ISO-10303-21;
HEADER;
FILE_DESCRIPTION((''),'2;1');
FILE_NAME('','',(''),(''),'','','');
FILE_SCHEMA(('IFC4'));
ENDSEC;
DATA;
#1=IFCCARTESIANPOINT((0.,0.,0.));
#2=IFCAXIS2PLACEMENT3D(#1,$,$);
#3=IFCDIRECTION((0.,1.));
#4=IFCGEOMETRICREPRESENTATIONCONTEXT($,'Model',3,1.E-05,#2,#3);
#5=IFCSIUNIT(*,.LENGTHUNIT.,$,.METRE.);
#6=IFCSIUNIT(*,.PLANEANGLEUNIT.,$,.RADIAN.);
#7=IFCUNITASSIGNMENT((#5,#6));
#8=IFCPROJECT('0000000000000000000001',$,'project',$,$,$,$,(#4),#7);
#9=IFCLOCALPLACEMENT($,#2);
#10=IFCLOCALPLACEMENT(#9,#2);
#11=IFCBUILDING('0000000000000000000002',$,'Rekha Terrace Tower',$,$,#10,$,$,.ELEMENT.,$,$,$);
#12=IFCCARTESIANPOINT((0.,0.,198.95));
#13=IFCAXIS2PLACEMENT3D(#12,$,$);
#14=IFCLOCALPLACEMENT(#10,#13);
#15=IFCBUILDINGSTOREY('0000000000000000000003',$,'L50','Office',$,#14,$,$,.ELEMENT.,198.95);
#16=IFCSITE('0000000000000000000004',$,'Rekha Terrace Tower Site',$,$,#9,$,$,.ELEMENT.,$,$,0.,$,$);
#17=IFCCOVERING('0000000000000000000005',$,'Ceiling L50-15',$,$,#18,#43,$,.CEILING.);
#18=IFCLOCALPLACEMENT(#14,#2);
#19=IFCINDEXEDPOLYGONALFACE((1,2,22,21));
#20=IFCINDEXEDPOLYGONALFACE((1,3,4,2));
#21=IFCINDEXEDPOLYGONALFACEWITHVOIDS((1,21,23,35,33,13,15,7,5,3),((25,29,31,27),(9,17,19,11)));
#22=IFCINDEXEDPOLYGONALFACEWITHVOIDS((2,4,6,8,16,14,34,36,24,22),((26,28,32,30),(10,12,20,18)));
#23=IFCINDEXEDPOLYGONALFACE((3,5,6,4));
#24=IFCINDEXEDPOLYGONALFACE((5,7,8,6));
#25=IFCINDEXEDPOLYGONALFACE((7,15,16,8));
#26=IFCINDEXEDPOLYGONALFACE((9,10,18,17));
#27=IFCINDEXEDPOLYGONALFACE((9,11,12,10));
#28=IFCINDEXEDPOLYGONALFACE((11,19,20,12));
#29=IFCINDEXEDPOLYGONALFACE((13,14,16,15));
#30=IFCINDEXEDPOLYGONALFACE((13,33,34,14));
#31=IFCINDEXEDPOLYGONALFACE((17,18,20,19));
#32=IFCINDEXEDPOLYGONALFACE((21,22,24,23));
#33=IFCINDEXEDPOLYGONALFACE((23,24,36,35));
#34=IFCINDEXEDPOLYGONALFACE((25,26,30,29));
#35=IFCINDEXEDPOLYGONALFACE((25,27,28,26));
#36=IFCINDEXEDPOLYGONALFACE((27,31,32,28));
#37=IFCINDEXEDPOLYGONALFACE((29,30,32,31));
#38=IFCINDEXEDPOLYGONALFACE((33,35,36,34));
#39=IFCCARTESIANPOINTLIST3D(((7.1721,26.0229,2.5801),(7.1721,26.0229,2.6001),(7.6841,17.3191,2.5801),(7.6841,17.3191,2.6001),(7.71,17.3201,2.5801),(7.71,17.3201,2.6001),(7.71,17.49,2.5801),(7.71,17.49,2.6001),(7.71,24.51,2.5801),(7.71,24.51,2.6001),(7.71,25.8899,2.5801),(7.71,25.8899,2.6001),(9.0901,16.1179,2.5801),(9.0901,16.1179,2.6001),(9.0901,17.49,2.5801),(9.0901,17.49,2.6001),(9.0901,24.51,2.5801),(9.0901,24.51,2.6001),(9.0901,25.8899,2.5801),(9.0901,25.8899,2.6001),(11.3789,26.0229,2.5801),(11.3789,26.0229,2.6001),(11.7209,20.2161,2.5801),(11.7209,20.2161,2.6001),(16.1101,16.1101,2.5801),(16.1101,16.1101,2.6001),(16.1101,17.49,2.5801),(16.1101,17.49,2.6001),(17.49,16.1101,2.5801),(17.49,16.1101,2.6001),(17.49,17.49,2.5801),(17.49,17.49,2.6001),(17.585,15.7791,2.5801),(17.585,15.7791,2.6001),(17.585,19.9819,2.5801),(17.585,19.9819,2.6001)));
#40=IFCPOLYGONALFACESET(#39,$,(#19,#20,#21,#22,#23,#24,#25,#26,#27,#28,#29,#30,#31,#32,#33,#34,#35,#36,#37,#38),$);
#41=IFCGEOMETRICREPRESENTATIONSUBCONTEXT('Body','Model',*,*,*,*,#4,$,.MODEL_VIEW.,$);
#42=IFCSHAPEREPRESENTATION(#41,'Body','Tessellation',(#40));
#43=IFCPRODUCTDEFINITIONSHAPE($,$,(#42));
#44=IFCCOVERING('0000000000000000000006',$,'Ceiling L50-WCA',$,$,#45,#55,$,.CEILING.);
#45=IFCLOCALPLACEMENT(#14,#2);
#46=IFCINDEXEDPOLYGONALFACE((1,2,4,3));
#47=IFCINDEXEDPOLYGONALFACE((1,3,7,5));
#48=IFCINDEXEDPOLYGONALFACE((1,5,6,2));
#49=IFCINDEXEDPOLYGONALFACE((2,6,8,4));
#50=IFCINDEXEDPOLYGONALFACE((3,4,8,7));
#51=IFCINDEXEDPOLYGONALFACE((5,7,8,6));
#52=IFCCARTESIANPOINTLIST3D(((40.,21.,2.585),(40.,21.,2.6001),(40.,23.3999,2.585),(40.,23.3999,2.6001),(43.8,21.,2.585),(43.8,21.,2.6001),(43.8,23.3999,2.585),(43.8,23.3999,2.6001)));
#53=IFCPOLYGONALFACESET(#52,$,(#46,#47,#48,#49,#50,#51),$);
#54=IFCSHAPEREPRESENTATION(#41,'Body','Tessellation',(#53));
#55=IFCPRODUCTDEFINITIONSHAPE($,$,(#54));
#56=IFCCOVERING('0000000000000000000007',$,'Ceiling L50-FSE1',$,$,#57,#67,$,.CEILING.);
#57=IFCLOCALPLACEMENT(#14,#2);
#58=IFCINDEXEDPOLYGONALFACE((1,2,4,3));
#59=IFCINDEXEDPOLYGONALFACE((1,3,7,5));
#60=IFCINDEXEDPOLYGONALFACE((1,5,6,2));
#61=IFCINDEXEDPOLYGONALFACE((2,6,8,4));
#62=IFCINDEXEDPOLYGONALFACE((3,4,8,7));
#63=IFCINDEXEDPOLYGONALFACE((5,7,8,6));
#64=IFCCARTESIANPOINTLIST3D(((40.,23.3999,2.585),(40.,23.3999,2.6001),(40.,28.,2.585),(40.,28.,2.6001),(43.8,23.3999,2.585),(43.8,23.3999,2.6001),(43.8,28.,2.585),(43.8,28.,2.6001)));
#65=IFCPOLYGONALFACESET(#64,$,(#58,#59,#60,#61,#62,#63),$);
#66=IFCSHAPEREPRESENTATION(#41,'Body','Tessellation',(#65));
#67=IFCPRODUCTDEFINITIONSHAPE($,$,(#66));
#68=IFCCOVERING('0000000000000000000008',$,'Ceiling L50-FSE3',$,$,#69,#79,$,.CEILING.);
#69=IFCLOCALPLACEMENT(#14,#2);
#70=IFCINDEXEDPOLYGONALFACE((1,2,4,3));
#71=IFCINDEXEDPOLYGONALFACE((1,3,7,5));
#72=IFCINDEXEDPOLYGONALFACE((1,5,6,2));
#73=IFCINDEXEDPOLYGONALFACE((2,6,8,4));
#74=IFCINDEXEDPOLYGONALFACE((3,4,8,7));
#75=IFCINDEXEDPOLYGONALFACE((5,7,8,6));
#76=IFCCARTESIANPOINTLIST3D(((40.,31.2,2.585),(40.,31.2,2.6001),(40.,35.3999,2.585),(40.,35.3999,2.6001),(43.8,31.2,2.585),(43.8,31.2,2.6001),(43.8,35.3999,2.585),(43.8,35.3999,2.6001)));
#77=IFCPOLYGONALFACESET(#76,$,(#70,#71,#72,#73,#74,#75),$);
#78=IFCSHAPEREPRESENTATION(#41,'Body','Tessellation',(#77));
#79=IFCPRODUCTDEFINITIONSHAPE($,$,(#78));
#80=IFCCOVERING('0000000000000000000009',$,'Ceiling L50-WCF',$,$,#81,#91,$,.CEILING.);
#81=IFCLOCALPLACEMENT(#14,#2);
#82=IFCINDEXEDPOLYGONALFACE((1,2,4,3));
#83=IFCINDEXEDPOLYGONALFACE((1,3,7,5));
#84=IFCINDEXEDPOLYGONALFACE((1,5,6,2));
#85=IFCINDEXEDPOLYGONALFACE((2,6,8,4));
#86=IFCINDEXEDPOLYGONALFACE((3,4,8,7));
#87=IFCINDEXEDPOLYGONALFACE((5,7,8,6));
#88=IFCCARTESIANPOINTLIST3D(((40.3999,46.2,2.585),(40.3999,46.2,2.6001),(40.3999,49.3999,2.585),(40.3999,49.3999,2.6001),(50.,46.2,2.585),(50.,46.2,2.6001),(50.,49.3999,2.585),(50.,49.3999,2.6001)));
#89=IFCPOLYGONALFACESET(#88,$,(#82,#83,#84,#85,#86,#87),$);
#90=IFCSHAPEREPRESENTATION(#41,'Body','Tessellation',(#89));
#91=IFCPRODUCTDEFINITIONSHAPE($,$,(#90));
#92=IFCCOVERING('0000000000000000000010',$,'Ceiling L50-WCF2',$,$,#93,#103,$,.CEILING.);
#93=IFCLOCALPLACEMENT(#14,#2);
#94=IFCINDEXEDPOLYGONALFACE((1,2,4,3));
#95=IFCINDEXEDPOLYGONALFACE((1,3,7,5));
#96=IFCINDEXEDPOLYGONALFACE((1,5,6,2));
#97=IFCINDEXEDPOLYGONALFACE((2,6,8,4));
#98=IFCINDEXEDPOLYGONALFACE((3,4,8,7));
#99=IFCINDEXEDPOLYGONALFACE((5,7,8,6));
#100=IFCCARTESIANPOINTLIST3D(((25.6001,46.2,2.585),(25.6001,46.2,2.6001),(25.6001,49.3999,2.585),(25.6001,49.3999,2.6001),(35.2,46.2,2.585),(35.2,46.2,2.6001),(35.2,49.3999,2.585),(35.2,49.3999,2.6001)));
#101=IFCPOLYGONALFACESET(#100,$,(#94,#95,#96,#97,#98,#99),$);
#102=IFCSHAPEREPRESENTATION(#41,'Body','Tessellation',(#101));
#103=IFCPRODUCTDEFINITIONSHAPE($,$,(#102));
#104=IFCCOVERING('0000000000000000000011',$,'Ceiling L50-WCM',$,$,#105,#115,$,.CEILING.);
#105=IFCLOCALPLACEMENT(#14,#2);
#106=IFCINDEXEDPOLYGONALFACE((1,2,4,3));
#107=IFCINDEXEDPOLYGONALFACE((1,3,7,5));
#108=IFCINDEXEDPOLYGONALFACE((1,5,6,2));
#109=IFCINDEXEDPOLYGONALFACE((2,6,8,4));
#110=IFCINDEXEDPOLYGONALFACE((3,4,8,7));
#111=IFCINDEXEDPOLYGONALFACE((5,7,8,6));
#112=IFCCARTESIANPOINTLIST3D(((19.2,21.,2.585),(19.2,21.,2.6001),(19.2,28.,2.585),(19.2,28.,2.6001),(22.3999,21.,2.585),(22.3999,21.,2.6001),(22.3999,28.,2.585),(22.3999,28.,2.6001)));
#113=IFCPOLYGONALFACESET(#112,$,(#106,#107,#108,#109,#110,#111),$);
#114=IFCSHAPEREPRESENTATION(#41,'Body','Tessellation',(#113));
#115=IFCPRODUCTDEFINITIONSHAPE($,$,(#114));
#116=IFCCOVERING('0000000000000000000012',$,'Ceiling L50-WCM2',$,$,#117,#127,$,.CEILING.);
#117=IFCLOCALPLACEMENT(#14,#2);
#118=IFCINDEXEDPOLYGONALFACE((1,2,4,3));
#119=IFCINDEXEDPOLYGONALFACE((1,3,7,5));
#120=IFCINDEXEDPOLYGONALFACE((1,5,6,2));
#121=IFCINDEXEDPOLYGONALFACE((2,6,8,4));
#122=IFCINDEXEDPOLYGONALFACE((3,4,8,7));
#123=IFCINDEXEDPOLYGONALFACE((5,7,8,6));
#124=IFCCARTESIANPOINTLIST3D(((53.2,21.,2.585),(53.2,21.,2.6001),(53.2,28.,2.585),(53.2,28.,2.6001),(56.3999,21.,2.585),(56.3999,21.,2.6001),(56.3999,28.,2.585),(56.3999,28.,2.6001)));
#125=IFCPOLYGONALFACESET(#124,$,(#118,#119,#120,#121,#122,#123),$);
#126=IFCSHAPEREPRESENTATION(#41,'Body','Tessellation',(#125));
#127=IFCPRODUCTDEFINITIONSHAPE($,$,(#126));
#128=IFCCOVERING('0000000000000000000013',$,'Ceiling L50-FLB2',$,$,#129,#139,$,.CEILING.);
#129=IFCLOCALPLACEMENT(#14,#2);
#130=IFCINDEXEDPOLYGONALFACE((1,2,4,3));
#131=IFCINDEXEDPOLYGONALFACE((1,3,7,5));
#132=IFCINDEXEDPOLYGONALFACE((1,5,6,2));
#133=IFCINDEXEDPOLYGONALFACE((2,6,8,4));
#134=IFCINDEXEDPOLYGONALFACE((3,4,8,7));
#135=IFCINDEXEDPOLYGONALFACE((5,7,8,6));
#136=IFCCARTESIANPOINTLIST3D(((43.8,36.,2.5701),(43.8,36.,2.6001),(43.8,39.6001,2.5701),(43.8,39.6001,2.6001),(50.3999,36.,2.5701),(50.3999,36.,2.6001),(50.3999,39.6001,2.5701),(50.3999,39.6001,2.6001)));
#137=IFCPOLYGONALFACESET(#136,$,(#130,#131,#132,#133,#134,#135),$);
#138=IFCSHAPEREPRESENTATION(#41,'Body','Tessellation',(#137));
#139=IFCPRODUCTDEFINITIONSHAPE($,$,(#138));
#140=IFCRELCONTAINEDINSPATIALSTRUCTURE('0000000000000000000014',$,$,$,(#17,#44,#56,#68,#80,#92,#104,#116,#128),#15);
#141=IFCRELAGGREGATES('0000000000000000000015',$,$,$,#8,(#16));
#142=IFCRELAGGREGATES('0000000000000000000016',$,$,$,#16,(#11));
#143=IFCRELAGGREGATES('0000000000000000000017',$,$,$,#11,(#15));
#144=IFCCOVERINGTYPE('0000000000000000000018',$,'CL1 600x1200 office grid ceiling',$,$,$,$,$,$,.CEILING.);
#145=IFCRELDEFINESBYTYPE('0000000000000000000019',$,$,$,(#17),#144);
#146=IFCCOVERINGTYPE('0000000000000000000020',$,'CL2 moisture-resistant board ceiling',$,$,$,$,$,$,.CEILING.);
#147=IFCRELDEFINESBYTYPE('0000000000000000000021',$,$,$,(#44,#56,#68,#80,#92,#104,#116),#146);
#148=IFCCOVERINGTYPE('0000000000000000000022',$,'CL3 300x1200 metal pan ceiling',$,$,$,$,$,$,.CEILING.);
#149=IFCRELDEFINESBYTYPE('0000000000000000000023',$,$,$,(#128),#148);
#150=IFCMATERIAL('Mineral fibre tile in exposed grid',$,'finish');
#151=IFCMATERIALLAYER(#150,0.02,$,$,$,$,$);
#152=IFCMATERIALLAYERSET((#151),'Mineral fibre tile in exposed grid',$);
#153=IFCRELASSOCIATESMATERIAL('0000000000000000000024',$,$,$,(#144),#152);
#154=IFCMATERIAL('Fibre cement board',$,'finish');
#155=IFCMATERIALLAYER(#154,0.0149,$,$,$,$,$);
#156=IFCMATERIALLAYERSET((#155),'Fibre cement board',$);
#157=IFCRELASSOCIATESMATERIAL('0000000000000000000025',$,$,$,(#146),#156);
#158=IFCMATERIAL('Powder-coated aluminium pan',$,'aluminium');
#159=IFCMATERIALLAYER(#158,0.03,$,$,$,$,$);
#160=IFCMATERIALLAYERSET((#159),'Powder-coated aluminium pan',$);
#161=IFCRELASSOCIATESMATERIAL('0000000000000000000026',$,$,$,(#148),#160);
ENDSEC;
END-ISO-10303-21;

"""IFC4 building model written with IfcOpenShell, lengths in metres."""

from ifc_helpers import new_model, si_unit, direction, frame, origin, place, context, subcontext, project, spatial, polyline, outline, extrude, material, layer, layer_set, type_object, element, save


model = new_model("IFC4")

# Units and contexts
model_context = context("Model", 3, precision=1e-05, world=origin(), true_north=direction((0.0, 1.0)))
body_context = subcontext(model_context, "Body", "Model", "MODEL_VIEW")
ifc_project = project(units=[si_unit("LENGTHUNIT", "METRE"), si_unit("PLANEANGLEUNIT", "RADIAN")], contexts=[model_context])

# Site, building, storey
site_placement = place(None, origin())
site = spatial("IfcSite", under=ifc_project, at=site_placement, Name="Rekha Terrace Tower Site", CompositionType="ELEMENT", RefElevation=0.0)
building_placement = place(site_placement, origin())
building = spatial("IfcBuilding", under=site, at=building_placement, Name="Rekha Terrace Tower", CompositionType="ELEMENT")
storey_placement = place(building_placement, frame((0.0, 0.0, 198.95)))
storey = spatial("IfcBuildingStorey", under=building, at=storey_placement, Name="L50", Description="Office", CompositionType="ELEMENT", Elevation=198.95)

# Coverings
ifc_material_1 = material(Name="Mineral fibre tile in exposed grid", Category="finish")
ifc_layer_1 = layer(ifc_material_1, 0.02)
ifc_layer_set_1 = layer_set([ifc_layer_1], Name="Mineral fibre tile in exposed grid")
covering_type_1 = type_object("IfcCoveringType", Name="CL1 600x1200 office grid ceiling", PredefinedType="CEILING", material=ifc_layer_set_1)
covering_1_placement = place(storey_placement, frame((0.0, 0.0, 2.5801)))
element("IfcCovering", 1, at=covering_1_placement, inside=storey, type_object=covering_type_1, Name="Ceiling L50-15", PredefinedType="CEILING", context=body_context, shape_type="SweptSolid", body=[
    extrude(outline(polyline([(9.0901, 16.1179), (17.585, 15.7791), (17.585, 19.9819), (11.7209, 20.2161), (11.3789, 26.0229), (7.1721, 26.0229), (7.6841, 17.3191), (7.71, 17.3201), (7.71, 17.49), (9.0901, 17.49), (9.0901, 16.1179)]), holes=[polyline([(17.49, 17.49), (17.49, 16.1101), (16.1101, 16.1101), (16.1101, 17.49), (17.49, 17.49)]), polyline([(9.0901, 24.51), (7.71, 24.51), (7.71, 25.8899), (9.0901, 25.8899), (9.0901, 24.51)])]), origin(), (0.0, 0.0, 1.0), 0.02),
])
ifc_material_2 = material(Name="Fibre cement board", Category="finish")
ifc_layer_2 = layer(ifc_material_2, 0.0149)
ifc_layer_set_2 = layer_set([ifc_layer_2], Name="Fibre cement board")
covering_type_2 = type_object("IfcCoveringType", Name="CL2 moisture-resistant board ceiling", PredefinedType="CEILING", material=ifc_layer_set_2)
covering_2_placement = place(storey_placement, frame((0.0, 0.0, 2.585)))
element("IfcCovering", 2, at=covering_2_placement, inside=storey, type_object=covering_type_2, Name="Ceiling L50-WCA", PredefinedType="CEILING", context=body_context, shape_type="SweptSolid", body=[
    extrude(outline(polyline([(43.8, 23.3999), (40.0, 23.3999), (40.0, 21.0), (43.8, 21.0), (43.8, 23.3999)])), origin(), (0.0, 0.0, 1.0), 0.0151),
])
covering_3_placement = place(storey_placement, frame((0.0, 0.0, 2.585)))
element("IfcCovering", 3, at=covering_3_placement, inside=storey, type_object=covering_type_2, Name="Ceiling L50-FSE1", PredefinedType="CEILING", context=body_context, shape_type="SweptSolid", body=[
    extrude(outline(polyline([(43.8, 28.0), (40.0, 28.0), (40.0, 23.3999), (43.8, 23.3999), (43.8, 28.0)])), origin(), (0.0, 0.0, 1.0), 0.0151),
])
covering_4_placement = place(storey_placement, frame((0.0, 0.0, 2.585)))
element("IfcCovering", 4, at=covering_4_placement, inside=storey, type_object=covering_type_2, Name="Ceiling L50-FSE3", PredefinedType="CEILING", context=body_context, shape_type="SweptSolid", body=[
    extrude(outline(polyline([(43.8, 35.3999), (40.0, 35.3999), (40.0, 31.2), (43.8, 31.2), (43.8, 35.3999)])), origin(), (0.0, 0.0, 1.0), 0.0151),
])
covering_5_placement = place(storey_placement, frame((0.0, 0.0, 2.585)))
element("IfcCovering", 5, at=covering_5_placement, inside=storey, type_object=covering_type_2, Name="Ceiling L50-WCF", PredefinedType="CEILING", context=body_context, shape_type="SweptSolid", body=[
    extrude(outline(polyline([(50.0, 49.3999), (40.3999, 49.3999), (40.3999, 46.2), (50.0, 46.2), (50.0, 49.3999)])), origin(), (0.0, 0.0, 1.0), 0.0151),
])
covering_6_placement = place(storey_placement, frame((0.0, 0.0, 2.585)))
element("IfcCovering", 6, at=covering_6_placement, inside=storey, type_object=covering_type_2, Name="Ceiling L50-WCF2", PredefinedType="CEILING", context=body_context, shape_type="SweptSolid", body=[
    extrude(outline(polyline([(35.2, 49.3999), (25.6001, 49.3999), (25.6001, 46.2), (35.2, 46.2), (35.2, 49.3999)])), origin(), (0.0, 0.0, 1.0), 0.0151),
])
covering_7_placement = place(storey_placement, frame((0.0, 0.0, 2.585)))
element("IfcCovering", 7, at=covering_7_placement, inside=storey, type_object=covering_type_2, Name="Ceiling L50-WCM", PredefinedType="CEILING", context=body_context, shape_type="SweptSolid", body=[
    extrude(outline(polyline([(22.3999, 28.0), (19.2, 28.0), (19.2, 21.0), (22.3999, 21.0), (22.3999, 28.0)])), origin(), (0.0, 0.0, 1.0), 0.0151),
])
covering_8_placement = place(storey_placement, frame((0.0, 0.0, 2.585)))
element("IfcCovering", 8, at=covering_8_placement, inside=storey, type_object=covering_type_2, Name="Ceiling L50-WCM2", PredefinedType="CEILING", context=body_context, shape_type="SweptSolid", body=[
    extrude(outline(polyline([(56.3999, 28.0), (53.2, 28.0), (53.2, 21.0), (56.3999, 21.0), (56.3999, 28.0)])), origin(), (0.0, 0.0, 1.0), 0.0151),
])
ifc_material_3 = material(Name="Powder-coated aluminium pan", Category="aluminium")
ifc_layer_3 = layer(ifc_material_3, 0.03)
ifc_layer_set_3 = layer_set([ifc_layer_3], Name="Powder-coated aluminium pan")
covering_type_3 = type_object("IfcCoveringType", Name="CL3 300x1200 metal pan ceiling", PredefinedType="CEILING", material=ifc_layer_set_3)
covering_9_placement = place(storey_placement, frame((0.0, 0.0, 2.5701)))
element("IfcCovering", 9, at=covering_9_placement, inside=storey, type_object=covering_type_3, Name="Ceiling L50-FLB2", PredefinedType="CEILING", context=body_context, shape_type="SweptSolid", body=[
    extrude(outline(polyline([(50.3999, 39.6001), (43.8, 39.6001), (43.8, 36.0), (50.3999, 36.0), (50.3999, 39.6001)])), origin(), (0.0, 0.0, 1.0), 0.03),
])

save(model, "model.ifc")
